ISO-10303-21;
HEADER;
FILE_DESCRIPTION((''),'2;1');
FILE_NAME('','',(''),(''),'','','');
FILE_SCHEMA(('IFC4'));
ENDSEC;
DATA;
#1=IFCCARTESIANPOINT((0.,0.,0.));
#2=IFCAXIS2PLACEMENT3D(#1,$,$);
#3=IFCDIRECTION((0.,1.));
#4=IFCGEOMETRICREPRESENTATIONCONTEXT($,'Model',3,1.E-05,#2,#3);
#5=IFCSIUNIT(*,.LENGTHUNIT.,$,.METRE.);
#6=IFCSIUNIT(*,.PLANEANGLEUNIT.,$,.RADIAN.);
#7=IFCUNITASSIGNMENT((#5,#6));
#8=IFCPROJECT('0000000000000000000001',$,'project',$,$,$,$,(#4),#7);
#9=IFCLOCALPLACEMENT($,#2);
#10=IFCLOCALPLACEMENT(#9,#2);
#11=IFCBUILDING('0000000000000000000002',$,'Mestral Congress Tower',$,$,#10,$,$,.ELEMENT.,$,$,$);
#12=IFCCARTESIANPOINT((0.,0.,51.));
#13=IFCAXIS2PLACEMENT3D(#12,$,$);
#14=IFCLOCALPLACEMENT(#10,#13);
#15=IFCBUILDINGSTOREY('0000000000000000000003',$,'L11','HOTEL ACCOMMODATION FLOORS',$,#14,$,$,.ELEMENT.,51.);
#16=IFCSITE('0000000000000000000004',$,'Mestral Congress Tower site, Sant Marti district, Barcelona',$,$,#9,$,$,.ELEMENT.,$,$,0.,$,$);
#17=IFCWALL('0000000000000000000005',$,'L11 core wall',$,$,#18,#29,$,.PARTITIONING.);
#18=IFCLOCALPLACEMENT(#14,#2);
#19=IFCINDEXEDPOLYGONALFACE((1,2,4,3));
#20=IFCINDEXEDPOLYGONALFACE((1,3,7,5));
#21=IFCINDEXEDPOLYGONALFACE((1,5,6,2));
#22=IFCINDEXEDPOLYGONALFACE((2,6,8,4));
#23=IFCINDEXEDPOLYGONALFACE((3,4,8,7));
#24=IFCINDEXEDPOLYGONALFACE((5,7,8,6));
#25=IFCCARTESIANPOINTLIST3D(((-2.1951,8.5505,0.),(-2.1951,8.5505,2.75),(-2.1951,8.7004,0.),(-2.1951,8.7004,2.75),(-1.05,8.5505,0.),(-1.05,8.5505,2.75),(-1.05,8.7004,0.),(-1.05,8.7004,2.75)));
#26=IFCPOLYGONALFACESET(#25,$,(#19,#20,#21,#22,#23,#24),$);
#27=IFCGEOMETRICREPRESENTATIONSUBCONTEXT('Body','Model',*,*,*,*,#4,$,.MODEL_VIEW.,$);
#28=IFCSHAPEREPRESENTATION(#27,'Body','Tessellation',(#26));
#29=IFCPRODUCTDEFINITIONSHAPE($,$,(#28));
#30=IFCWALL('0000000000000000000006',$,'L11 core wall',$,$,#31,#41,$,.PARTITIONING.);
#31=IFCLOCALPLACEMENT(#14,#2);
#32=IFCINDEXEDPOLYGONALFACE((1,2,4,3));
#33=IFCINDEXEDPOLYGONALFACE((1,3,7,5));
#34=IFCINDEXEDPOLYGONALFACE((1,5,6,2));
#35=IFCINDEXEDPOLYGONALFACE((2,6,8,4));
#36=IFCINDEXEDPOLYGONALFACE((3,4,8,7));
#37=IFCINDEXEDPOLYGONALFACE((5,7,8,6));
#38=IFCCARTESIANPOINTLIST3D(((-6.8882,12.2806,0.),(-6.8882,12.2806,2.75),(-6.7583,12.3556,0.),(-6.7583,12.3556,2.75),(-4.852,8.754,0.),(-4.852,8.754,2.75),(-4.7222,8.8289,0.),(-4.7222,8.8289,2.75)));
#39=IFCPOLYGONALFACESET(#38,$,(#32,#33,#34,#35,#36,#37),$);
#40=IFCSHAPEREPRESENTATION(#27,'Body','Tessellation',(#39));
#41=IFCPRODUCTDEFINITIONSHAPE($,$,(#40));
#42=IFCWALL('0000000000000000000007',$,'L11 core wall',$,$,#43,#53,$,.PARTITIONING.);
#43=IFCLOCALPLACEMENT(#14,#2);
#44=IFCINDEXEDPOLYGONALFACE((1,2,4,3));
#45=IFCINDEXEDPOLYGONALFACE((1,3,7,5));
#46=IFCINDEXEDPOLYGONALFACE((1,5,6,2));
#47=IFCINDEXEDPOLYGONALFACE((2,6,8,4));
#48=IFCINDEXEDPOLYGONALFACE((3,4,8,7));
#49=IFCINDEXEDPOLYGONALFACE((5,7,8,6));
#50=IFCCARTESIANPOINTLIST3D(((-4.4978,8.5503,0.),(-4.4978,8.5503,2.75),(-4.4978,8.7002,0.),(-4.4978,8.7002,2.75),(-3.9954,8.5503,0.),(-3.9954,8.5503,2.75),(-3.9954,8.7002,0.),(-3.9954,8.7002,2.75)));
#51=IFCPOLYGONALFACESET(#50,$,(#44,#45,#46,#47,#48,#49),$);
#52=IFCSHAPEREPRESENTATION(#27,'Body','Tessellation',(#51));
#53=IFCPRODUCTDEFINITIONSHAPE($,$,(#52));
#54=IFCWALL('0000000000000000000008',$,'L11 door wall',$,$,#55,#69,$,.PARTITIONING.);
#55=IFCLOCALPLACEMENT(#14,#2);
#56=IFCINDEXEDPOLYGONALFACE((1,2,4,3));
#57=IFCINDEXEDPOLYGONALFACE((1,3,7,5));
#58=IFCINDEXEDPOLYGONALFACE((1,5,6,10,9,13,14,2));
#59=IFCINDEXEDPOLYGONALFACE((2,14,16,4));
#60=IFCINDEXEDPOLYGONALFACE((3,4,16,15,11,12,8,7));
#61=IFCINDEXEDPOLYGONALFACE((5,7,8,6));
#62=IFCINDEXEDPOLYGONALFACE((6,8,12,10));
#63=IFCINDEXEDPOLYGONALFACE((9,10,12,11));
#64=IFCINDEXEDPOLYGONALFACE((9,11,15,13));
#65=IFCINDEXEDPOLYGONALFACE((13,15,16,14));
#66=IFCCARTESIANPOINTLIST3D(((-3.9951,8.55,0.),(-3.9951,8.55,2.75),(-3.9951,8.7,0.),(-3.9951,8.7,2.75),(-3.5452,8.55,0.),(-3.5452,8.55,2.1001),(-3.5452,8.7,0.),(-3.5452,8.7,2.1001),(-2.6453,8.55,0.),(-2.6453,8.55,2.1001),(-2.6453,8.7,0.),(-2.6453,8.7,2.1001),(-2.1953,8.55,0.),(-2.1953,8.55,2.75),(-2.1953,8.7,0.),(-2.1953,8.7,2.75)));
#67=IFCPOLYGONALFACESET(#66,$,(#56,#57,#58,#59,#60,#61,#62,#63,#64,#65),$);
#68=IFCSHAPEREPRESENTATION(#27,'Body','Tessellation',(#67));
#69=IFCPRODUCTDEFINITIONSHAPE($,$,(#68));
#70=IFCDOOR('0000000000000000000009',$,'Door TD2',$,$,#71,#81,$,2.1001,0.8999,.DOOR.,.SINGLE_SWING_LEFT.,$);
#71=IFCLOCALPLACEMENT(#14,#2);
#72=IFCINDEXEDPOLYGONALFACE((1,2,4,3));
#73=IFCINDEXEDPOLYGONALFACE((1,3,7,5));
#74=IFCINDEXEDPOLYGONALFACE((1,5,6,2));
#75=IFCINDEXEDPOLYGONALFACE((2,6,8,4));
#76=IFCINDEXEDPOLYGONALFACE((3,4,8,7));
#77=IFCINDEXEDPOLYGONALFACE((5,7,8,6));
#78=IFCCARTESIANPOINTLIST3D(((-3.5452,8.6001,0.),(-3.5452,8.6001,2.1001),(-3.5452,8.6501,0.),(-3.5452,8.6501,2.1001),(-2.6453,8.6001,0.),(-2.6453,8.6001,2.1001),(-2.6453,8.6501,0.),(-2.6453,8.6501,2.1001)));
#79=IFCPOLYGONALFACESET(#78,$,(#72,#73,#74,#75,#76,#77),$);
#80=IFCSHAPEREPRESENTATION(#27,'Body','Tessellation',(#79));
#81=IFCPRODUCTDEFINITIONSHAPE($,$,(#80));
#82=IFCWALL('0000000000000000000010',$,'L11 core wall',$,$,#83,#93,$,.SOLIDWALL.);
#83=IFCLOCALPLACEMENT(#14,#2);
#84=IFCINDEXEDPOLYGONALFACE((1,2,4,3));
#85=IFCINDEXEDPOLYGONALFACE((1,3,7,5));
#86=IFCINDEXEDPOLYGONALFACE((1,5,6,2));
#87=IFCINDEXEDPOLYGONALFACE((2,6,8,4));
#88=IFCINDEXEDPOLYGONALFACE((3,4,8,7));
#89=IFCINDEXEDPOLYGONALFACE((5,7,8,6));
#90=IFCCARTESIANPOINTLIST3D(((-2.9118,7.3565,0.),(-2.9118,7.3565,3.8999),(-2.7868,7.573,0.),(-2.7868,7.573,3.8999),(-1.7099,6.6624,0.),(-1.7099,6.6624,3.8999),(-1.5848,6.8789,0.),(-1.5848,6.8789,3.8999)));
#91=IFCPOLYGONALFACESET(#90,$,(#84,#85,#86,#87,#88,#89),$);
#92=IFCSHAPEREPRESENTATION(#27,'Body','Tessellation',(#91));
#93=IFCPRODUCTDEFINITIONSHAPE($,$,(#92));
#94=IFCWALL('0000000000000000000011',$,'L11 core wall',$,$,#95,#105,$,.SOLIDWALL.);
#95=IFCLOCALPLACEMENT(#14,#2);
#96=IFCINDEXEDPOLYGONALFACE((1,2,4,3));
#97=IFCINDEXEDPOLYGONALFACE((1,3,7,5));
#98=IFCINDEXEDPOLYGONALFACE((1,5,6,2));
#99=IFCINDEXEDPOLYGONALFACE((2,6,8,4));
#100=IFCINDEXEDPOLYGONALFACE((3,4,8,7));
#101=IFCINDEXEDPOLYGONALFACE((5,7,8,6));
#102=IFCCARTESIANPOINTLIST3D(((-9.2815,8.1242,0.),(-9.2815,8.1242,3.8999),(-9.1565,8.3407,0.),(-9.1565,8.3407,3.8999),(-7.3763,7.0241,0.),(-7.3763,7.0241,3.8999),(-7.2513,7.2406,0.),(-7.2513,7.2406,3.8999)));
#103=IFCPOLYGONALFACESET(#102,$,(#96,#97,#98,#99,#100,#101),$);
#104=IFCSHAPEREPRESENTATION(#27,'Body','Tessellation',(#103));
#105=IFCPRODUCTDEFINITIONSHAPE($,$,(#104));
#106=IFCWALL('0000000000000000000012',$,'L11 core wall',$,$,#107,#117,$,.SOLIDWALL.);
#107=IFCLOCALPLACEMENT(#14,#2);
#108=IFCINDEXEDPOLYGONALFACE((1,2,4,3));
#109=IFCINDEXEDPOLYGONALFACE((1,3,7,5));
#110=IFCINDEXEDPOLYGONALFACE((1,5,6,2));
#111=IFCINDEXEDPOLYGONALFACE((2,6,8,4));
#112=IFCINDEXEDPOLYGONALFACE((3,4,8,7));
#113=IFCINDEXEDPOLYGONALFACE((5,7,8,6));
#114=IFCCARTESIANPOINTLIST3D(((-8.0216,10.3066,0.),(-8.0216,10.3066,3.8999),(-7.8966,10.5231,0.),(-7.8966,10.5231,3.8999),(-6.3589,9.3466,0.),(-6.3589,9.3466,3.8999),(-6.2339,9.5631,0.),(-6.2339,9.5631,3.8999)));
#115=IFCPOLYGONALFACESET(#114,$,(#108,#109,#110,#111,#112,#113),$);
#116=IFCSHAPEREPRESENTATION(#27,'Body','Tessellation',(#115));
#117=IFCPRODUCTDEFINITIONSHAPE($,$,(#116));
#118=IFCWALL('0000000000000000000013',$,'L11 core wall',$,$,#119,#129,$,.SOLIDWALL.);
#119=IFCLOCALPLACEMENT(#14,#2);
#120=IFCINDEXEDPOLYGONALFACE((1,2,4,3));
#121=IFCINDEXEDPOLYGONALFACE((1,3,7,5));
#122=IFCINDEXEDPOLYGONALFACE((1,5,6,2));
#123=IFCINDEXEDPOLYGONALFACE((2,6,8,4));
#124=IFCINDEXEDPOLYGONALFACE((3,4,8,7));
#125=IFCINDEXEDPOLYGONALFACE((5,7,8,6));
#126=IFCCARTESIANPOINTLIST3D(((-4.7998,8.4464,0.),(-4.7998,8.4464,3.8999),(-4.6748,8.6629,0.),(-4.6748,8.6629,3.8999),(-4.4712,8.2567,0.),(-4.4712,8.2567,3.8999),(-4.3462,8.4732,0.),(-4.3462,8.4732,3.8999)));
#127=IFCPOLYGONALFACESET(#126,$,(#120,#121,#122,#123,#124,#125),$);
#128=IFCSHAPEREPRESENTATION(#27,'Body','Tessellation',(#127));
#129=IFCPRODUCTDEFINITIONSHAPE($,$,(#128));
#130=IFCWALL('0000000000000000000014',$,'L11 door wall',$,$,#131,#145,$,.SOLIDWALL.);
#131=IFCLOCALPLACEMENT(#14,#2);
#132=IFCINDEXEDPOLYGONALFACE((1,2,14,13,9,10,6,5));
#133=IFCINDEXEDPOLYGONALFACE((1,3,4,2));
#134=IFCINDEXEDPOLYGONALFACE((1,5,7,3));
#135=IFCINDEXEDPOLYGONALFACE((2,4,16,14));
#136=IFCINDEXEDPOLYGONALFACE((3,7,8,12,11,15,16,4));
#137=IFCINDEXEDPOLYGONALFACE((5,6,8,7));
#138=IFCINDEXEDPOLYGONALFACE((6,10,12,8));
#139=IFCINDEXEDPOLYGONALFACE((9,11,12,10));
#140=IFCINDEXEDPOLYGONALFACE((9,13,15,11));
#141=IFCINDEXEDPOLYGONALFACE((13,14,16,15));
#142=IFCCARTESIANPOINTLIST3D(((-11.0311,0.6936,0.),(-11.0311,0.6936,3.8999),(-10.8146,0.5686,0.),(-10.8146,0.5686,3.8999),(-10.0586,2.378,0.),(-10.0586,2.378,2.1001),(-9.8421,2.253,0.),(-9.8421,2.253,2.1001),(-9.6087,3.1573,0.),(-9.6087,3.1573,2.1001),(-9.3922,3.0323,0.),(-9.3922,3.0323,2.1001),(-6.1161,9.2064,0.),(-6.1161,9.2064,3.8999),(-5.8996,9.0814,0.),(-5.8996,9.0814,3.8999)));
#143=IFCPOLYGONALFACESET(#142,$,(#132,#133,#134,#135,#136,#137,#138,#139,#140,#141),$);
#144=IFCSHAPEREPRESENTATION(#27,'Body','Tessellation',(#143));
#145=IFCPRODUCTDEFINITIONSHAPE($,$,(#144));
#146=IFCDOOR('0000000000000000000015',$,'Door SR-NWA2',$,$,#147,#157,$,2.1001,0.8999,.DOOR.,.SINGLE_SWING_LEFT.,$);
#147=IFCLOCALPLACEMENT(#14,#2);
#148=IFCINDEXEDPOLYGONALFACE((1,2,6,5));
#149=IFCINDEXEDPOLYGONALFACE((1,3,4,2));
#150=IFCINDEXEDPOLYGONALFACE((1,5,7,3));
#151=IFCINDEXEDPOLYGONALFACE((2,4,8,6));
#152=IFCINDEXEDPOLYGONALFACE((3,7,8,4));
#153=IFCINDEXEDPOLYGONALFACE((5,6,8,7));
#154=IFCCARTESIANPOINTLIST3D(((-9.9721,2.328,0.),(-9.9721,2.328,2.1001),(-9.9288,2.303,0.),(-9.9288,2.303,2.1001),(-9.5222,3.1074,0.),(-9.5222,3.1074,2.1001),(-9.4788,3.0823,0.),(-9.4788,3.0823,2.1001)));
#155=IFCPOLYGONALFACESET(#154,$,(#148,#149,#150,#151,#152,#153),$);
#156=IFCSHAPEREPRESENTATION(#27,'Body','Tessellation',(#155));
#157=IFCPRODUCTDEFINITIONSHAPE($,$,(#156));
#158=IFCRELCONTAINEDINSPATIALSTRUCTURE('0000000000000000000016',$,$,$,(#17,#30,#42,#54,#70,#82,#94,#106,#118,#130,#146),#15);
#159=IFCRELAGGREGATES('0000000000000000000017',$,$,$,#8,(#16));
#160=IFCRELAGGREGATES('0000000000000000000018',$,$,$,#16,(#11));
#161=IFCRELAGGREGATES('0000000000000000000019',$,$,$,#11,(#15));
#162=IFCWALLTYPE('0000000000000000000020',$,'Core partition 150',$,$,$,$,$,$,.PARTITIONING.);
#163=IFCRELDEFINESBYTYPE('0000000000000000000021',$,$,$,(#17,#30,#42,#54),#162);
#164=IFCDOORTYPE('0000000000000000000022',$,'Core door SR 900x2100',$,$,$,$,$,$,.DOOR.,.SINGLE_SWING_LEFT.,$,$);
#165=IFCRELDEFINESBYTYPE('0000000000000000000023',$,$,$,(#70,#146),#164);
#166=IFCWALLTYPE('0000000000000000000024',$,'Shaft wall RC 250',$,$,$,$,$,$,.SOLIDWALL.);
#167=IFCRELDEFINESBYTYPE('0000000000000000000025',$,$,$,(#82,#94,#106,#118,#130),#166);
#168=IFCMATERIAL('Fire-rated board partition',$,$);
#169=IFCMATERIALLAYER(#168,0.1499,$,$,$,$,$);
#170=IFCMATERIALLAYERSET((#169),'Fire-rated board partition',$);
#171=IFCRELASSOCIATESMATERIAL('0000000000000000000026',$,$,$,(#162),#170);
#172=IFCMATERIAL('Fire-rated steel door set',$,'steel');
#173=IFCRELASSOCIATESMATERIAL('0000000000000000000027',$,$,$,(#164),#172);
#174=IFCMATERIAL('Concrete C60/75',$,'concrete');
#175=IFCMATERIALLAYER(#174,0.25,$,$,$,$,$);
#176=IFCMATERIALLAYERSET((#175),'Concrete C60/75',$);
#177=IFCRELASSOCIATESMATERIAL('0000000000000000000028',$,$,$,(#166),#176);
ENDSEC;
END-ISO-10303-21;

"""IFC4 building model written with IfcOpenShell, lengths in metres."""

from ifc_helpers import new_model, si_unit, direction, frame, frame_2d, origin, place, context, subcontext, project, spatial, rectangle, extrude, material, layer, layer_set, type_object, element, fill, save


model = new_model("IFC4")

# Units and contexts
model_context = context("Model", 3, precision=1e-05, world=origin(), true_north=direction((0.0, 1.0)))
body_context = subcontext(model_context, "Body", "Model", "MODEL_VIEW")
ifc_project = project(units=[si_unit("LENGTHUNIT", "METRE"), si_unit("PLANEANGLEUNIT", "RADIAN")], contexts=[model_context])

# Site, building, storey
site_placement = place(None, origin())
site = spatial("IfcSite", under=ifc_project, at=site_placement, Name="Mestral Congress Tower site, Sant Marti district, Barcelona", CompositionType="ELEMENT", RefElevation=0.0)
building_placement = place(site_placement, origin())
building = spatial("IfcBuilding", under=site, at=building_placement, Name="Mestral Congress Tower", CompositionType="ELEMENT")
storey_placement = place(building_placement, frame((0.0, 0.0, 51.0)))
storey = spatial("IfcBuildingStorey", under=building, at=storey_placement, Name="L11", Description="HOTEL ACCOMMODATION FLOORS", CompositionType="ELEMENT", Elevation=51.0)

# Walls
ifc_material_1 = material(Name="Fire-rated board partition")
ifc_layer_1 = layer(ifc_material_1, 0.1499)
ifc_layer_set_1 = layer_set([ifc_layer_1], Name="Fire-rated board partition")
wall_type_1 = type_object("IfcWallType", Name="Core partition 150", PredefinedType="PARTITIONING", material=ifc_layer_set_1)
wall_1_placement = place(storey_placement, frame((-2.1951, 8.6255, 0.0), z_axis=(0.0, 0.0, 1.0), x_axis=(1.0, 0.0, 0.0)))
element("IfcWall", 1, at=wall_1_placement, inside=storey, type_object=wall_type_1, Name="L11 core wall", PredefinedType="PARTITIONING", context=body_context, shape_type="SweptSolid", body=[
    extrude(rectangle(XDim=1.145, YDim=0.1499, at=frame_2d((0.5725, 0.0))), origin(), (0.0, 0.0, 1.0), 2.75),
])
wall_2_placement = place(storey_placement, frame((-6.8232, 12.3181, 0.0), z_axis=(0.0, 0.0, 1.0), x_axis=(0.500008, -0.866021, 0.0)))
element("IfcWall", 2, at=wall_2_placement, inside=storey, type_object=wall_type_1, Name="L11 core wall", PredefinedType="PARTITIONING", context=body_context, shape_type="SweptSolid", body=[
    extrude(rectangle(XDim=4.0723, YDim=0.1499, at=frame_2d((2.0361, 0.0))), origin(), (0.0, 0.0, 1.0), 2.75),
])
wall_3_placement = place(storey_placement, frame((-4.4978, 8.6252, 0.0), z_axis=(0.0, 0.0, 1.0), x_axis=(1.0, 0.0, 0.0)))
element("IfcWall", 3, at=wall_3_placement, inside=storey, type_object=wall_type_1, Name="L11 core wall", PredefinedType="PARTITIONING", context=body_context, shape_type="SweptSolid", body=[
    extrude(rectangle(XDim=0.5024, YDim=0.1499, at=frame_2d((0.2512, 0.0))), origin(), (0.0, 0.0, 1.0), 2.75),
])

# Wall, opening, door
wall_4_placement = place(storey_placement, frame((-2.1953, 8.625, 0.0), z_axis=(0.0, 0.0, 1.0), x_axis=(-1.0, 0.0, 0.0)))
wall_4 = element("IfcWall", 4, at=wall_4_placement, inside=storey, type_object=wall_type_1, Name="L11 door wall", PredefinedType="PARTITIONING", context=body_context, shape_type="SweptSolid", body=[
    extrude(rectangle(XDim=1.7998, YDim=0.1499, at=frame_2d((0.8999, 0.0))), origin(), (0.0, 0.0, 1.0), 2.75),
])
opening_1_placement = place(wall_4_placement, frame((0.45, 0.0, 0.0)))
opening_1 = element("IfcOpeningElement", 5, at=opening_1_placement, cuts=wall_4, PredefinedType="OPENING", context=body_context, shape_type="SweptSolid", body=[
    extrude(rectangle(XDim=0.8999, YDim=2.1001, at=frame_2d((0.45, 1.05))), frame((0.0, 0.085, 0.0), z_axis=(0.0, -1.0, 0.0), x_axis=(1.0, 0.0, 0.0)), (0.0, 0.0, 1.0), 0.1699),
])
ifc_material_2 = material(Name="Fire-rated steel door set", Category="steel")
door_type_1 = type_object("IfcDoorType", Name="Core door SR 900x2100", OperationType="SINGLE_SWING_LEFT", PredefinedType="DOOR", material=ifc_material_2)
door_1_placement = place(opening_1_placement, origin())
door_1 = element("IfcDoor", 6, at=door_1_placement, inside=storey, type_object=door_type_1, Name="Door TD2", OperationType="SINGLE_SWING_LEFT", OverallHeight=2.1001, OverallWidth=0.8999, PredefinedType="DOOR", context=body_context, shape_type="SweptSolid", body=[
    extrude(rectangle(XDim=0.8999, YDim=2.1001, at=frame_2d((0.45, 1.05))), frame((0.0, 0.0249, 0.0), z_axis=(0.0, -1.0, 0.0), x_axis=(1.0, 0.0, 0.0)), (0.0, 0.0, 1.0), 0.05),
])
fill(opening_1, door_1)

# Walls
ifc_material_3 = material(Name="Concrete C60/75", Category="concrete")
ifc_layer_2 = layer(ifc_material_3, 0.25)
ifc_layer_set_2 = layer_set([ifc_layer_2], Name="Concrete C60/75")
wall_type_2 = type_object("IfcWallType", Name="Shaft wall RC 250", PredefinedType="SOLIDWALL", material=ifc_layer_set_2)
wall_5_placement = place(storey_placement, frame((-1.6475, 6.7708, 0.0), z_axis=(0.0, 0.0, 1.0), x_axis=(-0.865972, 0.500093, 0.0)))
element("IfcWall", 7, at=wall_5_placement, inside=storey, type_object=wall_type_2, Name="L11 core wall", PredefinedType="SOLIDWALL", context=body_context, shape_type="SweptSolid", body=[
    extrude(rectangle(XDim=1.3879, YDim=0.25, at=frame_2d((0.6938, 0.0))), origin(), (0.0, 0.0, 1.0), 3.8999),
])
wall_6_placement = place(storey_placement, frame((-7.3137, 7.1323, 0.0), z_axis=(0.0, 0.0, 1.0), x_axis=(-0.866008, 0.50003, 0.0)))
element("IfcWall", 8, at=wall_6_placement, inside=storey, type_object=wall_type_2, Name="L11 core wall", PredefinedType="SOLIDWALL", context=body_context, shape_type="SweptSolid", body=[
    extrude(rectangle(XDim=2.2, YDim=0.25, at=frame_2d((1.1001, 0.0))), origin(), (0.0, 0.0, 1.0), 3.8999),
])
wall_7_placement = place(storey_placement, frame((-6.2964, 9.4548, 0.0), z_axis=(0.0, 0.0, 1.0), x_axis=(-0.866012, 0.500023, 0.0)))
element("IfcWall", 9, at=wall_7_placement, inside=storey, type_object=wall_type_2, Name="L11 core wall", PredefinedType="SOLIDWALL", context=body_context, shape_type="SweptSolid", body=[
    extrude(rectangle(XDim=1.9199, YDim=0.25, at=frame_2d((0.96, 0.0))), origin(), (0.0, 0.0, 1.0), 3.8999),
])
wall_8_placement = place(storey_placement, frame((-4.4087, 8.365, 0.0), z_axis=(0.0, 0.0, 1.0), x_axis=(-0.866057, 0.499945, 0.0)))
element("IfcWall", 10, at=wall_8_placement, inside=storey, type_object=wall_type_2, Name="L11 core wall", PredefinedType="SOLIDWALL", context=body_context, shape_type="SweptSolid", body=[
    extrude(rectangle(XDim=0.3794, YDim=0.25, at=frame_2d((0.1897, 0.0))), origin(), (0.0, 0.0, 1.0), 3.8999),
])

# Wall, opening, door
wall_9_placement = place(storey_placement, frame((-6.0078, 9.144, 0.0), z_axis=(0.0, 0.0, 1.0), x_axis=(-0.500007, -0.866021, 0.0)))
wall_9 = element("IfcWall", 11, at=wall_9_placement, inside=storey, type_object=wall_type_2, Name="L11 door wall", PredefinedType="SOLIDWALL", context=body_context, shape_type="SweptSolid", body=[
    extrude(rectangle(XDim=9.8298, YDim=0.25, at=frame_2d((4.915, 0.0))), origin(), (0.0, 0.0, 1.0), 3.8999),
])
opening_2_placement = place(wall_9_placement, frame((6.9851, 0.0, 0.0)))
opening_2 = element("IfcOpeningElement", 12, at=opening_2_placement, cuts=wall_9, PredefinedType="OPENING", context=body_context, shape_type="SweptSolid", body=[
    extrude(rectangle(XDim=0.8999, YDim=2.1001, at=frame_2d((0.45, 1.05))), frame((0.0, 0.135, 0.0), z_axis=(0.0, -1.0, 0.0), x_axis=(1.0, 0.0, 0.0)), (0.0, 0.0, 1.0), 0.27),
])
door_2_placement = place(opening_2_placement, origin())
door_2 = element("IfcDoor", 13, at=door_2_placement, inside=storey, type_object=door_type_1, Name="Door SR-NWA2", OperationType="SINGLE_SWING_LEFT", OverallHeight=2.1001, OverallWidth=0.8999, PredefinedType="DOOR", context=body_context, shape_type="SweptSolid", body=[
    extrude(rectangle(XDim=0.8999, YDim=2.1001, at=frame_2d((0.45, 1.05))), frame((0.0, 0.0249, 0.0), z_axis=(0.0, -1.0, 0.0), x_axis=(1.0, 0.0, 0.0)), (0.0, 0.0, 1.0), 0.05),
])
fill(opening_2, door_2)

save(model, "model.ifc")
